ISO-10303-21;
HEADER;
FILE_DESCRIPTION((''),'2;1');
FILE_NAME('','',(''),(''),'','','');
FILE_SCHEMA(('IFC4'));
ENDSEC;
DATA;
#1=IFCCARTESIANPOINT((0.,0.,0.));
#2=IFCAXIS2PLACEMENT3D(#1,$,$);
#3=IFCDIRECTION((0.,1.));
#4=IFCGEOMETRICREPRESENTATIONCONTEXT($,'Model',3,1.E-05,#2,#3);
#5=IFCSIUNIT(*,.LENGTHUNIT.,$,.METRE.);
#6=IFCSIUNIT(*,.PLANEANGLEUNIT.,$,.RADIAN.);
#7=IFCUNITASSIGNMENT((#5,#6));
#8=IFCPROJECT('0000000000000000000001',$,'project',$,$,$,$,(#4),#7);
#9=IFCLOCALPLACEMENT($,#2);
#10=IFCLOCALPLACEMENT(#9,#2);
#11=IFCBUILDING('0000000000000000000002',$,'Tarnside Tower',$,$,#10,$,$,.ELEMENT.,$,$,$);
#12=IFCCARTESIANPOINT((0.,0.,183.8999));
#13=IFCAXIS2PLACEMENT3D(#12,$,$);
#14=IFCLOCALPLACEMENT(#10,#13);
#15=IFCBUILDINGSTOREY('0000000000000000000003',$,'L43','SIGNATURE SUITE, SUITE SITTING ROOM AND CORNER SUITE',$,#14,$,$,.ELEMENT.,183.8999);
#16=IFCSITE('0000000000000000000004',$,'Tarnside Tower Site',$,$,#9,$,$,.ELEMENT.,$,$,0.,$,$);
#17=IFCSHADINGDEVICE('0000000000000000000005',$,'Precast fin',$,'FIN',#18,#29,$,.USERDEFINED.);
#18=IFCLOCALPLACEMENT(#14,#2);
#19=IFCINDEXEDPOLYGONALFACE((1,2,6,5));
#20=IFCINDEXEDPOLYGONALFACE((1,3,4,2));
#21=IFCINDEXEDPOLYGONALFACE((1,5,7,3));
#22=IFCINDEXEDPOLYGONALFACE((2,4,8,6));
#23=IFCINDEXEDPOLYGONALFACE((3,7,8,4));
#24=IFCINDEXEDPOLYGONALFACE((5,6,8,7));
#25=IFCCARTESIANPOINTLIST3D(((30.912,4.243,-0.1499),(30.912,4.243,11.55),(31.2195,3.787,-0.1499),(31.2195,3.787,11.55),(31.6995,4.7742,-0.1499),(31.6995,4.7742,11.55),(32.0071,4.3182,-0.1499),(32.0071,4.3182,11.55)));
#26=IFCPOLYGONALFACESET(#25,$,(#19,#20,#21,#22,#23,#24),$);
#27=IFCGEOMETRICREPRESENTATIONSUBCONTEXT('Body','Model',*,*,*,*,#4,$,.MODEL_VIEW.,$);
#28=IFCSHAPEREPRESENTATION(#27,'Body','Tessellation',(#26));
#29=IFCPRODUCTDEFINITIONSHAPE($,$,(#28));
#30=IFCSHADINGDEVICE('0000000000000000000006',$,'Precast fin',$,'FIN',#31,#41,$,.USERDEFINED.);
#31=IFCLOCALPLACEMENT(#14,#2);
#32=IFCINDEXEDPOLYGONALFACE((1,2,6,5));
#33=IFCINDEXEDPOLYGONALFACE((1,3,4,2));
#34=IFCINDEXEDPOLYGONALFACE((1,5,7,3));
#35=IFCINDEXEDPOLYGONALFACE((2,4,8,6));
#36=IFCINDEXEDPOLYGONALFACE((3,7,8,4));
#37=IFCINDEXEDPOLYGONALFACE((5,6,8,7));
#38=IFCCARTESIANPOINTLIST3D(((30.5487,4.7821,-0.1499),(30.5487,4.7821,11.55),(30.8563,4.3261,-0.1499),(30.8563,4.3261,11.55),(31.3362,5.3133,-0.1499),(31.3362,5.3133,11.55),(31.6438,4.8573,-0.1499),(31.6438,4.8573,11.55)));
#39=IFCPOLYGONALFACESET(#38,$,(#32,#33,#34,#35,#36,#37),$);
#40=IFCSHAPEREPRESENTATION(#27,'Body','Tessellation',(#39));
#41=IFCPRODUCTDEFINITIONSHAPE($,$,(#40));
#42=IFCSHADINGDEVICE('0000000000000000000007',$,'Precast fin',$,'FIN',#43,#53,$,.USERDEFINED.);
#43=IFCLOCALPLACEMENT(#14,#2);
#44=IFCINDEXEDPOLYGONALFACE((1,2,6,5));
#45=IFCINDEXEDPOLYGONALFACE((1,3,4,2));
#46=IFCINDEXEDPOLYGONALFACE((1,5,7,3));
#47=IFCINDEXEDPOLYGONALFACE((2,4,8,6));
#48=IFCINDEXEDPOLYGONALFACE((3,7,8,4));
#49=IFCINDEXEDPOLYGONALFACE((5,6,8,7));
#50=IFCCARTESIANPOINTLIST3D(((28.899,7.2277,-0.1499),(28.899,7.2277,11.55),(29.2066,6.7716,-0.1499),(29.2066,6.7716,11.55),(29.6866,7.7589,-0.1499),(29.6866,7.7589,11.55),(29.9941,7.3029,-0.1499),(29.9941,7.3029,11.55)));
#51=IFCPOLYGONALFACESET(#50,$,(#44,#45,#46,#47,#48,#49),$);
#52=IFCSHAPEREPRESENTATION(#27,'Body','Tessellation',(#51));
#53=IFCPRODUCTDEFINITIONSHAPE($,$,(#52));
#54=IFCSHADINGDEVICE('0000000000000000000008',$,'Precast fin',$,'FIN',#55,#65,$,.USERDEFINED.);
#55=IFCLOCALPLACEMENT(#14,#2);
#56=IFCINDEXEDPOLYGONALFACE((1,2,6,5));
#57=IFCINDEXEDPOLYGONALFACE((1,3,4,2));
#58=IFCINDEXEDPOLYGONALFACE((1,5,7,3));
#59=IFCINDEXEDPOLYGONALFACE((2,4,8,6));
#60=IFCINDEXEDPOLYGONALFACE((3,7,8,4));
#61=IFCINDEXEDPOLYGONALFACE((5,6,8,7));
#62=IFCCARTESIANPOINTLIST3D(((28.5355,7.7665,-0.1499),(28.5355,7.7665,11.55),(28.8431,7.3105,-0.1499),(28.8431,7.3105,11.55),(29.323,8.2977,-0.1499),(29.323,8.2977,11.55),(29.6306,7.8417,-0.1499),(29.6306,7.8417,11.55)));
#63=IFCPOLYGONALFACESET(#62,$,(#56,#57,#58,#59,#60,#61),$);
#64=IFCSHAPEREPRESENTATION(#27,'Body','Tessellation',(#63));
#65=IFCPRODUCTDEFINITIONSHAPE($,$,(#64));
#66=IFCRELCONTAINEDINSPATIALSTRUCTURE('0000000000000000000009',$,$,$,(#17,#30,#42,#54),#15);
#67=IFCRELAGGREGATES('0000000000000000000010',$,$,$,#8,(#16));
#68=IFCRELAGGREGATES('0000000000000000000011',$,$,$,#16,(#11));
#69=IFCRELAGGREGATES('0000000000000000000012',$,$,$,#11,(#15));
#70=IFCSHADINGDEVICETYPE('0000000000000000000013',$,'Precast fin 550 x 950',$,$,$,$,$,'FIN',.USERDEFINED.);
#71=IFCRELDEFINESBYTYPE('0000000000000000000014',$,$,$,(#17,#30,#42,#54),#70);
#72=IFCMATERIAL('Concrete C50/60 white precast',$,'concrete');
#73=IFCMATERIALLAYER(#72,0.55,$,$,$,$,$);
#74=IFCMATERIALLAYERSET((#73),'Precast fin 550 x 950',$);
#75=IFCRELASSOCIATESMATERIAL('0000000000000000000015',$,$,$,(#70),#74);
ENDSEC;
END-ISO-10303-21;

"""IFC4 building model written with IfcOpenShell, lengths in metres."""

from ifc_helpers import new_model, si_unit, direction, frame, origin, place, context, subcontext, project, spatial, polyline, outline, extrude, material, layer, layer_set, type_object, element, save


model = new_model("IFC4")

# Units and contexts
model_context = context("Model", 3, precision=1e-05, world=origin(), true_north=direction((0.0, 1.0)))
body_context = subcontext(model_context, "Body", "Model", "MODEL_VIEW")
ifc_project = project(units=[si_unit("LENGTHUNIT", "METRE"), si_unit("PLANEANGLEUNIT", "RADIAN")], contexts=[model_context])

# Site, building, storey
site_placement = place(None, origin())
site = spatial("IfcSite", under=ifc_project, at=site_placement, Name="Tarnside Tower Site", CompositionType="ELEMENT", RefElevation=0.0)
building_placement = place(site_placement, origin())
building = spatial("IfcBuilding", under=site, at=building_placement, Name="Tarnside Tower", CompositionType="ELEMENT")
storey_placement = place(building_placement, frame((0.0, 0.0, 183.8999)))
storey = spatial("IfcBuildingStorey", under=building, at=storey_placement, Name="L43", Description="SIGNATURE SUITE, SUITE SITTING ROOM AND CORNER SUITE", CompositionType="ELEMENT", Elevation=183.8999)

# Shading devices
ifc_material_1 = material(Name="Concrete C50/60 white precast", Category="concrete")
ifc_layer_1 = layer(ifc_material_1, 0.55)
ifc_layer_set_1 = layer_set([ifc_layer_1], Name="Precast fin 550 x 950")
shading_device_type_1 = type_object("IfcShadingDeviceType", Name="Precast fin 550 x 950", ElementType="FIN", PredefinedType="USERDEFINED", material=ifc_layer_set_1)
for number, where, z_axis, x_axis, name in (
    (1, (31.0657, 4.0151, -0.1499), (0.559193, -0.829038, 0.0), (0.829038, 0.559193, 0.0), "Precast fin"),
    (2, (30.7024, 4.5542, -0.1499), (0.559193, -0.829038, 0.0), (0.829038, 0.559193, 0.0), "Precast fin"),
    (3, (29.0527, 6.9998, -0.1499), (0.559193, -0.829038, 0.0), (0.829038, 0.559193, 0.0), "Precast fin"),
    (4, (28.6892, 7.5386, -0.1499), (0.559193, -0.829038, 0.0), (0.829038, 0.559193, 0.0), "Precast fin"),
):
    element("IfcShadingDevice", number, at=place(storey_placement, frame(where, z_axis=z_axis, x_axis=x_axis)), inside=storey, type_object=shading_device_type_1, Name=name, ObjectType="FIN", PredefinedType="USERDEFINED", context=body_context, shape_type="SweptSolid", body=[
        extrude(outline(polyline([(0.0, 0.0), (0.95, 0.0), (0.95, 11.7), (0.0, 11.7), (0.0, 0.0)])), frame((0.0, 0.0, -0.2749)), (0.0, 0.0, 1.0), 0.55),
    ])

save(model, "model.ifc")
